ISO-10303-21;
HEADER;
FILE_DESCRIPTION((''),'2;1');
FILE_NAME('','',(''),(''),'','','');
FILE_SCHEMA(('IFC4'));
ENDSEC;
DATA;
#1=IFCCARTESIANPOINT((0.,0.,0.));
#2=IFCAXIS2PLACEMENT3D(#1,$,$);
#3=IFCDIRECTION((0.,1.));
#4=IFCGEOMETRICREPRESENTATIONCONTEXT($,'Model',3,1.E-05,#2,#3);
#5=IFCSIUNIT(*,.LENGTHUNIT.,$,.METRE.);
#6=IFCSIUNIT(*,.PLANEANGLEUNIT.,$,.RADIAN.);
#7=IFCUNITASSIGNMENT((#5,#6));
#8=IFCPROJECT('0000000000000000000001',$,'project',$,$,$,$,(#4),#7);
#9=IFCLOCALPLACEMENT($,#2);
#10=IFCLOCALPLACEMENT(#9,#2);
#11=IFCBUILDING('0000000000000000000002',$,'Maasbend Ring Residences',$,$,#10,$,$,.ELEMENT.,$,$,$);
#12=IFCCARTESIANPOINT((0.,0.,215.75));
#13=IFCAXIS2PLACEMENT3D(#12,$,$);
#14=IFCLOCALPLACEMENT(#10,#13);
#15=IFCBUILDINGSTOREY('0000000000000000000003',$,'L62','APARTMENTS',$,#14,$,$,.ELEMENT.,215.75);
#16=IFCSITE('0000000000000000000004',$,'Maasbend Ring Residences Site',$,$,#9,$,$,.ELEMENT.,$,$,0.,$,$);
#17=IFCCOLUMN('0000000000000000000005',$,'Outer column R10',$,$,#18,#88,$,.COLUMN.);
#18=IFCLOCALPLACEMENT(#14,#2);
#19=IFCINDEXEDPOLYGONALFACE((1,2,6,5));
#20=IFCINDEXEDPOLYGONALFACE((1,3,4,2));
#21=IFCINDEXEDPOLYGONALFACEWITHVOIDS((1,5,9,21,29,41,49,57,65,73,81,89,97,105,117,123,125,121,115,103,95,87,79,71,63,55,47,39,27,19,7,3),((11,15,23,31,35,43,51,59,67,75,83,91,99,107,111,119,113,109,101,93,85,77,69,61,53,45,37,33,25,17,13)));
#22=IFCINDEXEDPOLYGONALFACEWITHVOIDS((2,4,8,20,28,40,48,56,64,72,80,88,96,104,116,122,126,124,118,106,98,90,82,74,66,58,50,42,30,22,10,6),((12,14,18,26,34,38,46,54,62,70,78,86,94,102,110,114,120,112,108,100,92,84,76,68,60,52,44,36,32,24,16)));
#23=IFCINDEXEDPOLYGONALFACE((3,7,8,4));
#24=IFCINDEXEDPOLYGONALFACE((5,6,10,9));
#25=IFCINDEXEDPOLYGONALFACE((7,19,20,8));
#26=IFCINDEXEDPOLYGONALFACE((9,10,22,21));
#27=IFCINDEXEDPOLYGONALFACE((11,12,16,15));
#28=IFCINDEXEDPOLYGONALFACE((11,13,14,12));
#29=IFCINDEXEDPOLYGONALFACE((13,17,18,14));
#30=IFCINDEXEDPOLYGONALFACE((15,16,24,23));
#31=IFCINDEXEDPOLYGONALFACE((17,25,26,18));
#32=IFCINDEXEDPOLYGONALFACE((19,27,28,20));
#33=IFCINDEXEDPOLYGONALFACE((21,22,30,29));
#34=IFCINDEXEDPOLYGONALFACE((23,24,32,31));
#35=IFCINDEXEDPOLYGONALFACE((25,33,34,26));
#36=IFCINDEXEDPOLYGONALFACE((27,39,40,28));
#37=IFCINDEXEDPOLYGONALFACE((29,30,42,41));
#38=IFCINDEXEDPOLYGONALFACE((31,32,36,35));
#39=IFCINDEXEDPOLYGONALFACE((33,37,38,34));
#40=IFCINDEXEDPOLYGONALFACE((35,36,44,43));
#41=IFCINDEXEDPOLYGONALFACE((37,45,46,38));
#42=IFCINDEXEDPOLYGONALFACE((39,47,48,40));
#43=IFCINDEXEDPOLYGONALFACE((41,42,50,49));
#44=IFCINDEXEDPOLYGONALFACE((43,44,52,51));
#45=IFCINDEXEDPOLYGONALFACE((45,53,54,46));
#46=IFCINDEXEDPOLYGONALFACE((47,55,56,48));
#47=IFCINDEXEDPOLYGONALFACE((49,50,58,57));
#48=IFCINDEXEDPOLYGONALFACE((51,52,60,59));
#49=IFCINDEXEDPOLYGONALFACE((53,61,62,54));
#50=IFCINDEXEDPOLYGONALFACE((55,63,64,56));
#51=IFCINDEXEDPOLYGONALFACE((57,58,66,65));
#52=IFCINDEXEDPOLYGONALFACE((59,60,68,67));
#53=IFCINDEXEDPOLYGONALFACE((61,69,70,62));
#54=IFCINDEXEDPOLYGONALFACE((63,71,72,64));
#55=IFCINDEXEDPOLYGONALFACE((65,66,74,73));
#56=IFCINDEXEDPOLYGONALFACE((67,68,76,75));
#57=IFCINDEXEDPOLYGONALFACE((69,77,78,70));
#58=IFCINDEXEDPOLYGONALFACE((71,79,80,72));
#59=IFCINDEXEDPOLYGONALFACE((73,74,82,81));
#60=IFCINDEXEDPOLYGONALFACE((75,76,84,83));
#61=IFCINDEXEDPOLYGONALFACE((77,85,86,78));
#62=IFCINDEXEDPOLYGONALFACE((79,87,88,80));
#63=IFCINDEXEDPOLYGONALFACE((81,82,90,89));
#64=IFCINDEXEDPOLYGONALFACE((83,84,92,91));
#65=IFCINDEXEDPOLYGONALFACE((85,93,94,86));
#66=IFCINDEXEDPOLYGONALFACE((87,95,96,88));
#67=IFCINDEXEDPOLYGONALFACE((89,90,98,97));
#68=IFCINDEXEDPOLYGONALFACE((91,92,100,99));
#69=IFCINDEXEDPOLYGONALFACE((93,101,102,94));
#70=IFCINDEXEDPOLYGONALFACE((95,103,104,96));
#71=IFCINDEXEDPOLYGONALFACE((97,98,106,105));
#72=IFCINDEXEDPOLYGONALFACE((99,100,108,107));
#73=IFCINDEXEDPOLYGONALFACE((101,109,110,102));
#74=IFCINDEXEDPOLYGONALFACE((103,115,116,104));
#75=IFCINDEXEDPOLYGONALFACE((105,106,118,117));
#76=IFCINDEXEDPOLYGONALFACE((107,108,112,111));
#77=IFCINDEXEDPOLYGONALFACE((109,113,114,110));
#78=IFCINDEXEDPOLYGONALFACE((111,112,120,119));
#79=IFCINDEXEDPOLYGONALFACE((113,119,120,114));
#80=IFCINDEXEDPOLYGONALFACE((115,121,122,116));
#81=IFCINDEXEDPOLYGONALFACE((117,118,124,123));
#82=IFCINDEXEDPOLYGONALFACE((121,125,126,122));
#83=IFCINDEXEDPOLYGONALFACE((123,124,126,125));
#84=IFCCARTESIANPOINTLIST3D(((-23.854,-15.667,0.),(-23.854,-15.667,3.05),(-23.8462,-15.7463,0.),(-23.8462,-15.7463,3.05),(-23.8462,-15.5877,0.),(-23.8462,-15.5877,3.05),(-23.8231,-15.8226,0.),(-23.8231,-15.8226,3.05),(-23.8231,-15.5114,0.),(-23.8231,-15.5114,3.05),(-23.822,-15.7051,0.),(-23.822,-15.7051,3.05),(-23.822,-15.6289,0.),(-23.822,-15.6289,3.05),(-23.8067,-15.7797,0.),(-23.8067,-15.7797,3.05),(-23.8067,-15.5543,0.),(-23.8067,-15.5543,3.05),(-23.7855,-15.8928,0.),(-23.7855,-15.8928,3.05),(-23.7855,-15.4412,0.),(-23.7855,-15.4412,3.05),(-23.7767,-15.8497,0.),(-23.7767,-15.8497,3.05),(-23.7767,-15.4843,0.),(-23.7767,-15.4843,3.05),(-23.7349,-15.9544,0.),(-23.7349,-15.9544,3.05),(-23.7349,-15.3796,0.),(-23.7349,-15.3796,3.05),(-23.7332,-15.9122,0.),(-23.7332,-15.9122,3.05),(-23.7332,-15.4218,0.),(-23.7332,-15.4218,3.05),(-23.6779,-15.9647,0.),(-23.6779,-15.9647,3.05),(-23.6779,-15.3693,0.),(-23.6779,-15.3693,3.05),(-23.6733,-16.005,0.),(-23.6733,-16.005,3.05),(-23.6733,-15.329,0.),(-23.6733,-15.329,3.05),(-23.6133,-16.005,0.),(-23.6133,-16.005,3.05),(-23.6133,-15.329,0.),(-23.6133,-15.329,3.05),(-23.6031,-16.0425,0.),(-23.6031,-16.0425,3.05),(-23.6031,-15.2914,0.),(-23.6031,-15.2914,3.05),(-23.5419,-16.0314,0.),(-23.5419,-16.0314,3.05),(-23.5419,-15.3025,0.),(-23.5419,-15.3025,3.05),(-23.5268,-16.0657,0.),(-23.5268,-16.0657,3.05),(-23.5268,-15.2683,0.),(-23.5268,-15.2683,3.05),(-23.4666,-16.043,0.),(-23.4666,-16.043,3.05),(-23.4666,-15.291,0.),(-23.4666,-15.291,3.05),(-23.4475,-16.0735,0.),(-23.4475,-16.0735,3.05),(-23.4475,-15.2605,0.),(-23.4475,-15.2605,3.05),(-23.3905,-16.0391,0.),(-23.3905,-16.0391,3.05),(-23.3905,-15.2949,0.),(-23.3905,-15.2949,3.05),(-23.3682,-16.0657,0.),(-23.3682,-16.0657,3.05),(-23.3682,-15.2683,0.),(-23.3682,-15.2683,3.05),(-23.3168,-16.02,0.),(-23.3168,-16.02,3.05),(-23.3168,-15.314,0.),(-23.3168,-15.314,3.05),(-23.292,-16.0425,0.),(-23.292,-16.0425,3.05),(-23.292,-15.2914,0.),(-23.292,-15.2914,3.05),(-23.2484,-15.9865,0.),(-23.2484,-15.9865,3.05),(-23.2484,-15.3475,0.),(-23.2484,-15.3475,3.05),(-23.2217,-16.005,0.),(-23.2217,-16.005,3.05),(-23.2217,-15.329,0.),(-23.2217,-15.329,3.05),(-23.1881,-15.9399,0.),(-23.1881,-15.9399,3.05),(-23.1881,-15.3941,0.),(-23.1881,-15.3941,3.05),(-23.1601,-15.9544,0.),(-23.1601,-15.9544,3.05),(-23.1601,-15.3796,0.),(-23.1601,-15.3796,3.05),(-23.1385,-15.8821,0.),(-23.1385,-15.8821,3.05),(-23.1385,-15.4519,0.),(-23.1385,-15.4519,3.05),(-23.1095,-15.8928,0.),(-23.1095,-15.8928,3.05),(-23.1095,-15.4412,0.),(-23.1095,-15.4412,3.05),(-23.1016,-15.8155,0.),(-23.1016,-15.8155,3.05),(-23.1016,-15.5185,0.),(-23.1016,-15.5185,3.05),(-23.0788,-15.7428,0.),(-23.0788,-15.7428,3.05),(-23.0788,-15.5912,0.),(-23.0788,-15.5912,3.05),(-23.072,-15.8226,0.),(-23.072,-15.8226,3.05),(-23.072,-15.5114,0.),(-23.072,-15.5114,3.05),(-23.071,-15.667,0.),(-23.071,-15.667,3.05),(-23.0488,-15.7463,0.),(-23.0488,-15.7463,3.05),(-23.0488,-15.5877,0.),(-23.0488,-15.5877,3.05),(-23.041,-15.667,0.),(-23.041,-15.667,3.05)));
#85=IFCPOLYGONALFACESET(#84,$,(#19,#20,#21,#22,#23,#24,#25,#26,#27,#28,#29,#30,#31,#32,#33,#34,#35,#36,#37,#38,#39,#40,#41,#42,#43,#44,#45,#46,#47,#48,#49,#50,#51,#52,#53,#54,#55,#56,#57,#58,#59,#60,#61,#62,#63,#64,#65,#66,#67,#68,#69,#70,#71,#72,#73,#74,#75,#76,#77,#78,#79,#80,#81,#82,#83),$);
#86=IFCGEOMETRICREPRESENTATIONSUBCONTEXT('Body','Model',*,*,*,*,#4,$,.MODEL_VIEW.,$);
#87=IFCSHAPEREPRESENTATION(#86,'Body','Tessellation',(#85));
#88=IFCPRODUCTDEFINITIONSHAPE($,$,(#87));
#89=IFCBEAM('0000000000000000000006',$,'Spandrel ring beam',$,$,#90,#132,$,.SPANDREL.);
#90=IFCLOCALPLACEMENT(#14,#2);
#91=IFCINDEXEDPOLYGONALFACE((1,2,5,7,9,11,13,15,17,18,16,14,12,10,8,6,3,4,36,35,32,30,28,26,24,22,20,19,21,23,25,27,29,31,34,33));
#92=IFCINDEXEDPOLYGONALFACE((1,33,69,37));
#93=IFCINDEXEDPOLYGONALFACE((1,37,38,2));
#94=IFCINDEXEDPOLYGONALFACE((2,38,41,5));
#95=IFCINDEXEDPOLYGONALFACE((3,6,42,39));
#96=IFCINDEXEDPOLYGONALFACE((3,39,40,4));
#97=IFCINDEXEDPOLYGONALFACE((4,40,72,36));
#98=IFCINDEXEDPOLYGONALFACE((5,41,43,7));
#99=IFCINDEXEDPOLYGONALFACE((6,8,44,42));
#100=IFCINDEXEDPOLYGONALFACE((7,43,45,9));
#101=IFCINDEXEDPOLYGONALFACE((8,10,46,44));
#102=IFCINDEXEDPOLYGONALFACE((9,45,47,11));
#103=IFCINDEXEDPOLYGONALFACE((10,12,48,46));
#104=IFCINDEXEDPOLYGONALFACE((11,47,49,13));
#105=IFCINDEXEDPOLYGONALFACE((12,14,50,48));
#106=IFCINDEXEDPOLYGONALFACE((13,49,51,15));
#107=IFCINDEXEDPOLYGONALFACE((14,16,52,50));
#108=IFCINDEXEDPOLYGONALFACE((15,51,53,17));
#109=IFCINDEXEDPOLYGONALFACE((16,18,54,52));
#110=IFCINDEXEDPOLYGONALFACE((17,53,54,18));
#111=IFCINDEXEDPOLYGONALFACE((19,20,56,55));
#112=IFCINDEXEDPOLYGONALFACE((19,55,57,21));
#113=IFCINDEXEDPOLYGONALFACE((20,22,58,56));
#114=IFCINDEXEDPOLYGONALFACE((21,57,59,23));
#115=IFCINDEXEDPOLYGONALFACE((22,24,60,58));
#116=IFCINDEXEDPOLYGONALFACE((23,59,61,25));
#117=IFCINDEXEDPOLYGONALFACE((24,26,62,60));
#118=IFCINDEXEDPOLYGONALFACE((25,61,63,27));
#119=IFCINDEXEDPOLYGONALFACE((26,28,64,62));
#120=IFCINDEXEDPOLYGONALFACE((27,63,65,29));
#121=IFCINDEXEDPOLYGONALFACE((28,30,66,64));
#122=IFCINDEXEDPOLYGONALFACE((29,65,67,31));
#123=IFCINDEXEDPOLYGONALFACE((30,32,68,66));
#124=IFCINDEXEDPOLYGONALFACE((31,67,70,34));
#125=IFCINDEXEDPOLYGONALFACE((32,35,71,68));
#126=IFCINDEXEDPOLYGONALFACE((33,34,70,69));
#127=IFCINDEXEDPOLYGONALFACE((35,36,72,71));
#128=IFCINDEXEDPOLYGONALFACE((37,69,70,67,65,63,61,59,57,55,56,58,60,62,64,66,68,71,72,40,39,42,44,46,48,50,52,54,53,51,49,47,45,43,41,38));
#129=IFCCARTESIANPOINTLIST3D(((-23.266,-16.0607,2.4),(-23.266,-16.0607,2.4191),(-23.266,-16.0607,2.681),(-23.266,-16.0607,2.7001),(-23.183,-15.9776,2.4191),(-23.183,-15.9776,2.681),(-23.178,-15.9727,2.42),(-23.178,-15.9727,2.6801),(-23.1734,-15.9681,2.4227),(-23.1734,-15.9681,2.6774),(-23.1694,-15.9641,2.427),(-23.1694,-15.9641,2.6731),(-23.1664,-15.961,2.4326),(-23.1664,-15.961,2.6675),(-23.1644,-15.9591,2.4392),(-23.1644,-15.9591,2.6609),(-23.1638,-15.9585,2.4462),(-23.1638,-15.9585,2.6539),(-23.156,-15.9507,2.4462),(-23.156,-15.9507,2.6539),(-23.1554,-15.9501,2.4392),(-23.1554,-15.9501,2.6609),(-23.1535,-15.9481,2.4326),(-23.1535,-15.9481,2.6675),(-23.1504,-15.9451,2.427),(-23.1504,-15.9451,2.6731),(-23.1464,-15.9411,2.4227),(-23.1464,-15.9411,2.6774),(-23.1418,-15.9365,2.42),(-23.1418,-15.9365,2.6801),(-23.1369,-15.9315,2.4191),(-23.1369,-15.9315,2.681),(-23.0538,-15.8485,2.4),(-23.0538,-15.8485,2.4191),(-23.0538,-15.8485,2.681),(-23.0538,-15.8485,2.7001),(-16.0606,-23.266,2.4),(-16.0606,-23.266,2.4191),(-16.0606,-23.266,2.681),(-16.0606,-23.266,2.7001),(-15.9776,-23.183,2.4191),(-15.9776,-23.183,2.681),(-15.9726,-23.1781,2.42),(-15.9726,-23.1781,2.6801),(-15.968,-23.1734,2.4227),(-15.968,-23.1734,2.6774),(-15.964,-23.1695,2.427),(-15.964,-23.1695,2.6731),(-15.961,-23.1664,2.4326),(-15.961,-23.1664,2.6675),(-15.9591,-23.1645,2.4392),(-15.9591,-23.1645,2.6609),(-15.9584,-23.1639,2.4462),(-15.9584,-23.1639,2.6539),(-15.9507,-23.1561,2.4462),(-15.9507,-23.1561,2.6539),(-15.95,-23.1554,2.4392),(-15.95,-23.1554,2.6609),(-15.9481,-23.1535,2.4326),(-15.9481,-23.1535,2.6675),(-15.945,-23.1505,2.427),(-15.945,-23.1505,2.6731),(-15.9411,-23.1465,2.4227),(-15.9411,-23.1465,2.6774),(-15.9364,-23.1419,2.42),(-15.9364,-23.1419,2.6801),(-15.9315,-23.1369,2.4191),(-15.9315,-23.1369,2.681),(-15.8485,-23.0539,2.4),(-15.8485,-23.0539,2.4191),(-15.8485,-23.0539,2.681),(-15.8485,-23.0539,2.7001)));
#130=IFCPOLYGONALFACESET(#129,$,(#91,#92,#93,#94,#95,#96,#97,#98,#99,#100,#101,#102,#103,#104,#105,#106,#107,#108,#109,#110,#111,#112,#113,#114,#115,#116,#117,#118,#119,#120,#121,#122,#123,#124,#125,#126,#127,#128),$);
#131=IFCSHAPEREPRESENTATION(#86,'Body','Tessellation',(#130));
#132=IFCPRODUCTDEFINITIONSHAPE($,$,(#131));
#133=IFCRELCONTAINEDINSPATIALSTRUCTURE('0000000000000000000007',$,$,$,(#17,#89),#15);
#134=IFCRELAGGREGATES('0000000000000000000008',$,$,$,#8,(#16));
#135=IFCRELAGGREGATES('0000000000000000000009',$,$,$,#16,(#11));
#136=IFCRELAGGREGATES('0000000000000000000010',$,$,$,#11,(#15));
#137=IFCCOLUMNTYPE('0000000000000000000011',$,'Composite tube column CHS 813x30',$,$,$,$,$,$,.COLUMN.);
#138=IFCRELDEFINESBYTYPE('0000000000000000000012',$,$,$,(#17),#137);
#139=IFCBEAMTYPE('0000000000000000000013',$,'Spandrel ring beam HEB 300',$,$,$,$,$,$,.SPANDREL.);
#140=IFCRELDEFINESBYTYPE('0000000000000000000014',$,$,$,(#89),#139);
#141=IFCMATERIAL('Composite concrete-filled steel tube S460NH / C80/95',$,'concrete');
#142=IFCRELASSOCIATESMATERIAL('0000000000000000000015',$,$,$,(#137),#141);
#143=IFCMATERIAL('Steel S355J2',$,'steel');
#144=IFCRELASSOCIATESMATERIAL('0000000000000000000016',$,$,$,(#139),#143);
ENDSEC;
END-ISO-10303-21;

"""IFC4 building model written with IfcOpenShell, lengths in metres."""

from ifc_helpers import new_model, si_unit, direction, frame, origin, origin_2d, place, context, subcontext, project, spatial, hollow_circle, i_section, extrude, material, material_profile, profile_set, type_object, element, save


model = new_model("IFC4")

# Units and contexts
model_context = context("Model", 3, precision=1e-05, world=origin(), true_north=direction((0.0, 1.0)))
body_context = subcontext(model_context, "Body", "Model", "MODEL_VIEW")
ifc_project = project(units=[si_unit("LENGTHUNIT", "METRE"), si_unit("PLANEANGLEUNIT", "RADIAN")], contexts=[model_context])

# Site, building, storey
site_placement = place(None, origin())
site = spatial("IfcSite", under=ifc_project, at=site_placement, Name="Maasbend Ring Residences Site", CompositionType="ELEMENT", RefElevation=0.0)
building_placement = place(site_placement, origin())
building = spatial("IfcBuilding", under=site, at=building_placement, Name="Maasbend Ring Residences", CompositionType="ELEMENT")
storey_placement = place(building_placement, frame((0.0, 0.0, 215.75)))
storey = spatial("IfcBuildingStorey", under=building, at=storey_placement, Name="L62", Description="APARTMENTS", CompositionType="ELEMENT", Elevation=215.75)

# Column
ifc_material_1 = material(Name="Composite concrete-filled steel tube S460NH / C80/95", Category="concrete")
ifc_material_profile_1 = material_profile(ifc_material_1, hollow_circle(Radius=0.4065, WallThickness=0.03, at=origin_2d()), Name="Composite tube column CHS 813x30")
ifc_profile_set_1 = profile_set([ifc_material_profile_1], Name="Composite concrete-filled steel tube S460NH / C80/95")
column_type = type_object("IfcColumnType", Name="Composite tube column CHS 813x30", PredefinedType="COLUMN", material=ifc_profile_set_1)
column_placement = place(storey_placement, frame((-23.4475, -15.667, 0.0), z_axis=(0.0, 0.0, 1.0), x_axis=(1.0, 0.0, 0.0)))
element("IfcColumn", 1, at=column_placement, inside=storey, type_object=column_type, Name="Outer column R10", PredefinedType="COLUMN", context=body_context, shape_type="SweptSolid", body=[
    extrude(hollow_circle(Radius=0.4065, WallThickness=0.03, at=origin_2d()), origin(), (0.0, 0.0, 1.0), 3.05),
])

# Beam
ifc_material_2 = material(Name="Steel S355J2", Category="steel")
ifc_material_profile_2 = material_profile(ifc_material_2, i_section(OverallWidth=0.3, OverallDepth=0.3, WebThickness=0.011, FlangeThickness=0.019, FilletRadius=0.0271, at=origin_2d()), Name="HEB 300")
ifc_profile_set_2 = profile_set([ifc_material_profile_2], Name="Steel S355J2")
beam_type = type_object("IfcBeamType", Name="Spandrel ring beam HEB 300", PredefinedType="SPANDREL", material=ifc_profile_set_2)
beam_placement = place(storey_placement, frame((-23.1599, -15.9546, 2.55), z_axis=(0.707107, -0.707107, 0.0), x_axis=(0.707107, 0.707107, 0.0)))
element("IfcBeam", 2, at=beam_placement, inside=storey, type_object=beam_type, Name="Spandrel ring beam", PredefinedType="SPANDREL", context=body_context, shape_type="SweptSolid", body=[
    extrude(i_section(OverallWidth=0.3, OverallDepth=0.3, WebThickness=0.011, FlangeThickness=0.019, FilletRadius=0.0271, at=origin_2d()), origin(), (0.0, 0.0, 1.0), 10.1899),
])

save(model, "model.ifc")
